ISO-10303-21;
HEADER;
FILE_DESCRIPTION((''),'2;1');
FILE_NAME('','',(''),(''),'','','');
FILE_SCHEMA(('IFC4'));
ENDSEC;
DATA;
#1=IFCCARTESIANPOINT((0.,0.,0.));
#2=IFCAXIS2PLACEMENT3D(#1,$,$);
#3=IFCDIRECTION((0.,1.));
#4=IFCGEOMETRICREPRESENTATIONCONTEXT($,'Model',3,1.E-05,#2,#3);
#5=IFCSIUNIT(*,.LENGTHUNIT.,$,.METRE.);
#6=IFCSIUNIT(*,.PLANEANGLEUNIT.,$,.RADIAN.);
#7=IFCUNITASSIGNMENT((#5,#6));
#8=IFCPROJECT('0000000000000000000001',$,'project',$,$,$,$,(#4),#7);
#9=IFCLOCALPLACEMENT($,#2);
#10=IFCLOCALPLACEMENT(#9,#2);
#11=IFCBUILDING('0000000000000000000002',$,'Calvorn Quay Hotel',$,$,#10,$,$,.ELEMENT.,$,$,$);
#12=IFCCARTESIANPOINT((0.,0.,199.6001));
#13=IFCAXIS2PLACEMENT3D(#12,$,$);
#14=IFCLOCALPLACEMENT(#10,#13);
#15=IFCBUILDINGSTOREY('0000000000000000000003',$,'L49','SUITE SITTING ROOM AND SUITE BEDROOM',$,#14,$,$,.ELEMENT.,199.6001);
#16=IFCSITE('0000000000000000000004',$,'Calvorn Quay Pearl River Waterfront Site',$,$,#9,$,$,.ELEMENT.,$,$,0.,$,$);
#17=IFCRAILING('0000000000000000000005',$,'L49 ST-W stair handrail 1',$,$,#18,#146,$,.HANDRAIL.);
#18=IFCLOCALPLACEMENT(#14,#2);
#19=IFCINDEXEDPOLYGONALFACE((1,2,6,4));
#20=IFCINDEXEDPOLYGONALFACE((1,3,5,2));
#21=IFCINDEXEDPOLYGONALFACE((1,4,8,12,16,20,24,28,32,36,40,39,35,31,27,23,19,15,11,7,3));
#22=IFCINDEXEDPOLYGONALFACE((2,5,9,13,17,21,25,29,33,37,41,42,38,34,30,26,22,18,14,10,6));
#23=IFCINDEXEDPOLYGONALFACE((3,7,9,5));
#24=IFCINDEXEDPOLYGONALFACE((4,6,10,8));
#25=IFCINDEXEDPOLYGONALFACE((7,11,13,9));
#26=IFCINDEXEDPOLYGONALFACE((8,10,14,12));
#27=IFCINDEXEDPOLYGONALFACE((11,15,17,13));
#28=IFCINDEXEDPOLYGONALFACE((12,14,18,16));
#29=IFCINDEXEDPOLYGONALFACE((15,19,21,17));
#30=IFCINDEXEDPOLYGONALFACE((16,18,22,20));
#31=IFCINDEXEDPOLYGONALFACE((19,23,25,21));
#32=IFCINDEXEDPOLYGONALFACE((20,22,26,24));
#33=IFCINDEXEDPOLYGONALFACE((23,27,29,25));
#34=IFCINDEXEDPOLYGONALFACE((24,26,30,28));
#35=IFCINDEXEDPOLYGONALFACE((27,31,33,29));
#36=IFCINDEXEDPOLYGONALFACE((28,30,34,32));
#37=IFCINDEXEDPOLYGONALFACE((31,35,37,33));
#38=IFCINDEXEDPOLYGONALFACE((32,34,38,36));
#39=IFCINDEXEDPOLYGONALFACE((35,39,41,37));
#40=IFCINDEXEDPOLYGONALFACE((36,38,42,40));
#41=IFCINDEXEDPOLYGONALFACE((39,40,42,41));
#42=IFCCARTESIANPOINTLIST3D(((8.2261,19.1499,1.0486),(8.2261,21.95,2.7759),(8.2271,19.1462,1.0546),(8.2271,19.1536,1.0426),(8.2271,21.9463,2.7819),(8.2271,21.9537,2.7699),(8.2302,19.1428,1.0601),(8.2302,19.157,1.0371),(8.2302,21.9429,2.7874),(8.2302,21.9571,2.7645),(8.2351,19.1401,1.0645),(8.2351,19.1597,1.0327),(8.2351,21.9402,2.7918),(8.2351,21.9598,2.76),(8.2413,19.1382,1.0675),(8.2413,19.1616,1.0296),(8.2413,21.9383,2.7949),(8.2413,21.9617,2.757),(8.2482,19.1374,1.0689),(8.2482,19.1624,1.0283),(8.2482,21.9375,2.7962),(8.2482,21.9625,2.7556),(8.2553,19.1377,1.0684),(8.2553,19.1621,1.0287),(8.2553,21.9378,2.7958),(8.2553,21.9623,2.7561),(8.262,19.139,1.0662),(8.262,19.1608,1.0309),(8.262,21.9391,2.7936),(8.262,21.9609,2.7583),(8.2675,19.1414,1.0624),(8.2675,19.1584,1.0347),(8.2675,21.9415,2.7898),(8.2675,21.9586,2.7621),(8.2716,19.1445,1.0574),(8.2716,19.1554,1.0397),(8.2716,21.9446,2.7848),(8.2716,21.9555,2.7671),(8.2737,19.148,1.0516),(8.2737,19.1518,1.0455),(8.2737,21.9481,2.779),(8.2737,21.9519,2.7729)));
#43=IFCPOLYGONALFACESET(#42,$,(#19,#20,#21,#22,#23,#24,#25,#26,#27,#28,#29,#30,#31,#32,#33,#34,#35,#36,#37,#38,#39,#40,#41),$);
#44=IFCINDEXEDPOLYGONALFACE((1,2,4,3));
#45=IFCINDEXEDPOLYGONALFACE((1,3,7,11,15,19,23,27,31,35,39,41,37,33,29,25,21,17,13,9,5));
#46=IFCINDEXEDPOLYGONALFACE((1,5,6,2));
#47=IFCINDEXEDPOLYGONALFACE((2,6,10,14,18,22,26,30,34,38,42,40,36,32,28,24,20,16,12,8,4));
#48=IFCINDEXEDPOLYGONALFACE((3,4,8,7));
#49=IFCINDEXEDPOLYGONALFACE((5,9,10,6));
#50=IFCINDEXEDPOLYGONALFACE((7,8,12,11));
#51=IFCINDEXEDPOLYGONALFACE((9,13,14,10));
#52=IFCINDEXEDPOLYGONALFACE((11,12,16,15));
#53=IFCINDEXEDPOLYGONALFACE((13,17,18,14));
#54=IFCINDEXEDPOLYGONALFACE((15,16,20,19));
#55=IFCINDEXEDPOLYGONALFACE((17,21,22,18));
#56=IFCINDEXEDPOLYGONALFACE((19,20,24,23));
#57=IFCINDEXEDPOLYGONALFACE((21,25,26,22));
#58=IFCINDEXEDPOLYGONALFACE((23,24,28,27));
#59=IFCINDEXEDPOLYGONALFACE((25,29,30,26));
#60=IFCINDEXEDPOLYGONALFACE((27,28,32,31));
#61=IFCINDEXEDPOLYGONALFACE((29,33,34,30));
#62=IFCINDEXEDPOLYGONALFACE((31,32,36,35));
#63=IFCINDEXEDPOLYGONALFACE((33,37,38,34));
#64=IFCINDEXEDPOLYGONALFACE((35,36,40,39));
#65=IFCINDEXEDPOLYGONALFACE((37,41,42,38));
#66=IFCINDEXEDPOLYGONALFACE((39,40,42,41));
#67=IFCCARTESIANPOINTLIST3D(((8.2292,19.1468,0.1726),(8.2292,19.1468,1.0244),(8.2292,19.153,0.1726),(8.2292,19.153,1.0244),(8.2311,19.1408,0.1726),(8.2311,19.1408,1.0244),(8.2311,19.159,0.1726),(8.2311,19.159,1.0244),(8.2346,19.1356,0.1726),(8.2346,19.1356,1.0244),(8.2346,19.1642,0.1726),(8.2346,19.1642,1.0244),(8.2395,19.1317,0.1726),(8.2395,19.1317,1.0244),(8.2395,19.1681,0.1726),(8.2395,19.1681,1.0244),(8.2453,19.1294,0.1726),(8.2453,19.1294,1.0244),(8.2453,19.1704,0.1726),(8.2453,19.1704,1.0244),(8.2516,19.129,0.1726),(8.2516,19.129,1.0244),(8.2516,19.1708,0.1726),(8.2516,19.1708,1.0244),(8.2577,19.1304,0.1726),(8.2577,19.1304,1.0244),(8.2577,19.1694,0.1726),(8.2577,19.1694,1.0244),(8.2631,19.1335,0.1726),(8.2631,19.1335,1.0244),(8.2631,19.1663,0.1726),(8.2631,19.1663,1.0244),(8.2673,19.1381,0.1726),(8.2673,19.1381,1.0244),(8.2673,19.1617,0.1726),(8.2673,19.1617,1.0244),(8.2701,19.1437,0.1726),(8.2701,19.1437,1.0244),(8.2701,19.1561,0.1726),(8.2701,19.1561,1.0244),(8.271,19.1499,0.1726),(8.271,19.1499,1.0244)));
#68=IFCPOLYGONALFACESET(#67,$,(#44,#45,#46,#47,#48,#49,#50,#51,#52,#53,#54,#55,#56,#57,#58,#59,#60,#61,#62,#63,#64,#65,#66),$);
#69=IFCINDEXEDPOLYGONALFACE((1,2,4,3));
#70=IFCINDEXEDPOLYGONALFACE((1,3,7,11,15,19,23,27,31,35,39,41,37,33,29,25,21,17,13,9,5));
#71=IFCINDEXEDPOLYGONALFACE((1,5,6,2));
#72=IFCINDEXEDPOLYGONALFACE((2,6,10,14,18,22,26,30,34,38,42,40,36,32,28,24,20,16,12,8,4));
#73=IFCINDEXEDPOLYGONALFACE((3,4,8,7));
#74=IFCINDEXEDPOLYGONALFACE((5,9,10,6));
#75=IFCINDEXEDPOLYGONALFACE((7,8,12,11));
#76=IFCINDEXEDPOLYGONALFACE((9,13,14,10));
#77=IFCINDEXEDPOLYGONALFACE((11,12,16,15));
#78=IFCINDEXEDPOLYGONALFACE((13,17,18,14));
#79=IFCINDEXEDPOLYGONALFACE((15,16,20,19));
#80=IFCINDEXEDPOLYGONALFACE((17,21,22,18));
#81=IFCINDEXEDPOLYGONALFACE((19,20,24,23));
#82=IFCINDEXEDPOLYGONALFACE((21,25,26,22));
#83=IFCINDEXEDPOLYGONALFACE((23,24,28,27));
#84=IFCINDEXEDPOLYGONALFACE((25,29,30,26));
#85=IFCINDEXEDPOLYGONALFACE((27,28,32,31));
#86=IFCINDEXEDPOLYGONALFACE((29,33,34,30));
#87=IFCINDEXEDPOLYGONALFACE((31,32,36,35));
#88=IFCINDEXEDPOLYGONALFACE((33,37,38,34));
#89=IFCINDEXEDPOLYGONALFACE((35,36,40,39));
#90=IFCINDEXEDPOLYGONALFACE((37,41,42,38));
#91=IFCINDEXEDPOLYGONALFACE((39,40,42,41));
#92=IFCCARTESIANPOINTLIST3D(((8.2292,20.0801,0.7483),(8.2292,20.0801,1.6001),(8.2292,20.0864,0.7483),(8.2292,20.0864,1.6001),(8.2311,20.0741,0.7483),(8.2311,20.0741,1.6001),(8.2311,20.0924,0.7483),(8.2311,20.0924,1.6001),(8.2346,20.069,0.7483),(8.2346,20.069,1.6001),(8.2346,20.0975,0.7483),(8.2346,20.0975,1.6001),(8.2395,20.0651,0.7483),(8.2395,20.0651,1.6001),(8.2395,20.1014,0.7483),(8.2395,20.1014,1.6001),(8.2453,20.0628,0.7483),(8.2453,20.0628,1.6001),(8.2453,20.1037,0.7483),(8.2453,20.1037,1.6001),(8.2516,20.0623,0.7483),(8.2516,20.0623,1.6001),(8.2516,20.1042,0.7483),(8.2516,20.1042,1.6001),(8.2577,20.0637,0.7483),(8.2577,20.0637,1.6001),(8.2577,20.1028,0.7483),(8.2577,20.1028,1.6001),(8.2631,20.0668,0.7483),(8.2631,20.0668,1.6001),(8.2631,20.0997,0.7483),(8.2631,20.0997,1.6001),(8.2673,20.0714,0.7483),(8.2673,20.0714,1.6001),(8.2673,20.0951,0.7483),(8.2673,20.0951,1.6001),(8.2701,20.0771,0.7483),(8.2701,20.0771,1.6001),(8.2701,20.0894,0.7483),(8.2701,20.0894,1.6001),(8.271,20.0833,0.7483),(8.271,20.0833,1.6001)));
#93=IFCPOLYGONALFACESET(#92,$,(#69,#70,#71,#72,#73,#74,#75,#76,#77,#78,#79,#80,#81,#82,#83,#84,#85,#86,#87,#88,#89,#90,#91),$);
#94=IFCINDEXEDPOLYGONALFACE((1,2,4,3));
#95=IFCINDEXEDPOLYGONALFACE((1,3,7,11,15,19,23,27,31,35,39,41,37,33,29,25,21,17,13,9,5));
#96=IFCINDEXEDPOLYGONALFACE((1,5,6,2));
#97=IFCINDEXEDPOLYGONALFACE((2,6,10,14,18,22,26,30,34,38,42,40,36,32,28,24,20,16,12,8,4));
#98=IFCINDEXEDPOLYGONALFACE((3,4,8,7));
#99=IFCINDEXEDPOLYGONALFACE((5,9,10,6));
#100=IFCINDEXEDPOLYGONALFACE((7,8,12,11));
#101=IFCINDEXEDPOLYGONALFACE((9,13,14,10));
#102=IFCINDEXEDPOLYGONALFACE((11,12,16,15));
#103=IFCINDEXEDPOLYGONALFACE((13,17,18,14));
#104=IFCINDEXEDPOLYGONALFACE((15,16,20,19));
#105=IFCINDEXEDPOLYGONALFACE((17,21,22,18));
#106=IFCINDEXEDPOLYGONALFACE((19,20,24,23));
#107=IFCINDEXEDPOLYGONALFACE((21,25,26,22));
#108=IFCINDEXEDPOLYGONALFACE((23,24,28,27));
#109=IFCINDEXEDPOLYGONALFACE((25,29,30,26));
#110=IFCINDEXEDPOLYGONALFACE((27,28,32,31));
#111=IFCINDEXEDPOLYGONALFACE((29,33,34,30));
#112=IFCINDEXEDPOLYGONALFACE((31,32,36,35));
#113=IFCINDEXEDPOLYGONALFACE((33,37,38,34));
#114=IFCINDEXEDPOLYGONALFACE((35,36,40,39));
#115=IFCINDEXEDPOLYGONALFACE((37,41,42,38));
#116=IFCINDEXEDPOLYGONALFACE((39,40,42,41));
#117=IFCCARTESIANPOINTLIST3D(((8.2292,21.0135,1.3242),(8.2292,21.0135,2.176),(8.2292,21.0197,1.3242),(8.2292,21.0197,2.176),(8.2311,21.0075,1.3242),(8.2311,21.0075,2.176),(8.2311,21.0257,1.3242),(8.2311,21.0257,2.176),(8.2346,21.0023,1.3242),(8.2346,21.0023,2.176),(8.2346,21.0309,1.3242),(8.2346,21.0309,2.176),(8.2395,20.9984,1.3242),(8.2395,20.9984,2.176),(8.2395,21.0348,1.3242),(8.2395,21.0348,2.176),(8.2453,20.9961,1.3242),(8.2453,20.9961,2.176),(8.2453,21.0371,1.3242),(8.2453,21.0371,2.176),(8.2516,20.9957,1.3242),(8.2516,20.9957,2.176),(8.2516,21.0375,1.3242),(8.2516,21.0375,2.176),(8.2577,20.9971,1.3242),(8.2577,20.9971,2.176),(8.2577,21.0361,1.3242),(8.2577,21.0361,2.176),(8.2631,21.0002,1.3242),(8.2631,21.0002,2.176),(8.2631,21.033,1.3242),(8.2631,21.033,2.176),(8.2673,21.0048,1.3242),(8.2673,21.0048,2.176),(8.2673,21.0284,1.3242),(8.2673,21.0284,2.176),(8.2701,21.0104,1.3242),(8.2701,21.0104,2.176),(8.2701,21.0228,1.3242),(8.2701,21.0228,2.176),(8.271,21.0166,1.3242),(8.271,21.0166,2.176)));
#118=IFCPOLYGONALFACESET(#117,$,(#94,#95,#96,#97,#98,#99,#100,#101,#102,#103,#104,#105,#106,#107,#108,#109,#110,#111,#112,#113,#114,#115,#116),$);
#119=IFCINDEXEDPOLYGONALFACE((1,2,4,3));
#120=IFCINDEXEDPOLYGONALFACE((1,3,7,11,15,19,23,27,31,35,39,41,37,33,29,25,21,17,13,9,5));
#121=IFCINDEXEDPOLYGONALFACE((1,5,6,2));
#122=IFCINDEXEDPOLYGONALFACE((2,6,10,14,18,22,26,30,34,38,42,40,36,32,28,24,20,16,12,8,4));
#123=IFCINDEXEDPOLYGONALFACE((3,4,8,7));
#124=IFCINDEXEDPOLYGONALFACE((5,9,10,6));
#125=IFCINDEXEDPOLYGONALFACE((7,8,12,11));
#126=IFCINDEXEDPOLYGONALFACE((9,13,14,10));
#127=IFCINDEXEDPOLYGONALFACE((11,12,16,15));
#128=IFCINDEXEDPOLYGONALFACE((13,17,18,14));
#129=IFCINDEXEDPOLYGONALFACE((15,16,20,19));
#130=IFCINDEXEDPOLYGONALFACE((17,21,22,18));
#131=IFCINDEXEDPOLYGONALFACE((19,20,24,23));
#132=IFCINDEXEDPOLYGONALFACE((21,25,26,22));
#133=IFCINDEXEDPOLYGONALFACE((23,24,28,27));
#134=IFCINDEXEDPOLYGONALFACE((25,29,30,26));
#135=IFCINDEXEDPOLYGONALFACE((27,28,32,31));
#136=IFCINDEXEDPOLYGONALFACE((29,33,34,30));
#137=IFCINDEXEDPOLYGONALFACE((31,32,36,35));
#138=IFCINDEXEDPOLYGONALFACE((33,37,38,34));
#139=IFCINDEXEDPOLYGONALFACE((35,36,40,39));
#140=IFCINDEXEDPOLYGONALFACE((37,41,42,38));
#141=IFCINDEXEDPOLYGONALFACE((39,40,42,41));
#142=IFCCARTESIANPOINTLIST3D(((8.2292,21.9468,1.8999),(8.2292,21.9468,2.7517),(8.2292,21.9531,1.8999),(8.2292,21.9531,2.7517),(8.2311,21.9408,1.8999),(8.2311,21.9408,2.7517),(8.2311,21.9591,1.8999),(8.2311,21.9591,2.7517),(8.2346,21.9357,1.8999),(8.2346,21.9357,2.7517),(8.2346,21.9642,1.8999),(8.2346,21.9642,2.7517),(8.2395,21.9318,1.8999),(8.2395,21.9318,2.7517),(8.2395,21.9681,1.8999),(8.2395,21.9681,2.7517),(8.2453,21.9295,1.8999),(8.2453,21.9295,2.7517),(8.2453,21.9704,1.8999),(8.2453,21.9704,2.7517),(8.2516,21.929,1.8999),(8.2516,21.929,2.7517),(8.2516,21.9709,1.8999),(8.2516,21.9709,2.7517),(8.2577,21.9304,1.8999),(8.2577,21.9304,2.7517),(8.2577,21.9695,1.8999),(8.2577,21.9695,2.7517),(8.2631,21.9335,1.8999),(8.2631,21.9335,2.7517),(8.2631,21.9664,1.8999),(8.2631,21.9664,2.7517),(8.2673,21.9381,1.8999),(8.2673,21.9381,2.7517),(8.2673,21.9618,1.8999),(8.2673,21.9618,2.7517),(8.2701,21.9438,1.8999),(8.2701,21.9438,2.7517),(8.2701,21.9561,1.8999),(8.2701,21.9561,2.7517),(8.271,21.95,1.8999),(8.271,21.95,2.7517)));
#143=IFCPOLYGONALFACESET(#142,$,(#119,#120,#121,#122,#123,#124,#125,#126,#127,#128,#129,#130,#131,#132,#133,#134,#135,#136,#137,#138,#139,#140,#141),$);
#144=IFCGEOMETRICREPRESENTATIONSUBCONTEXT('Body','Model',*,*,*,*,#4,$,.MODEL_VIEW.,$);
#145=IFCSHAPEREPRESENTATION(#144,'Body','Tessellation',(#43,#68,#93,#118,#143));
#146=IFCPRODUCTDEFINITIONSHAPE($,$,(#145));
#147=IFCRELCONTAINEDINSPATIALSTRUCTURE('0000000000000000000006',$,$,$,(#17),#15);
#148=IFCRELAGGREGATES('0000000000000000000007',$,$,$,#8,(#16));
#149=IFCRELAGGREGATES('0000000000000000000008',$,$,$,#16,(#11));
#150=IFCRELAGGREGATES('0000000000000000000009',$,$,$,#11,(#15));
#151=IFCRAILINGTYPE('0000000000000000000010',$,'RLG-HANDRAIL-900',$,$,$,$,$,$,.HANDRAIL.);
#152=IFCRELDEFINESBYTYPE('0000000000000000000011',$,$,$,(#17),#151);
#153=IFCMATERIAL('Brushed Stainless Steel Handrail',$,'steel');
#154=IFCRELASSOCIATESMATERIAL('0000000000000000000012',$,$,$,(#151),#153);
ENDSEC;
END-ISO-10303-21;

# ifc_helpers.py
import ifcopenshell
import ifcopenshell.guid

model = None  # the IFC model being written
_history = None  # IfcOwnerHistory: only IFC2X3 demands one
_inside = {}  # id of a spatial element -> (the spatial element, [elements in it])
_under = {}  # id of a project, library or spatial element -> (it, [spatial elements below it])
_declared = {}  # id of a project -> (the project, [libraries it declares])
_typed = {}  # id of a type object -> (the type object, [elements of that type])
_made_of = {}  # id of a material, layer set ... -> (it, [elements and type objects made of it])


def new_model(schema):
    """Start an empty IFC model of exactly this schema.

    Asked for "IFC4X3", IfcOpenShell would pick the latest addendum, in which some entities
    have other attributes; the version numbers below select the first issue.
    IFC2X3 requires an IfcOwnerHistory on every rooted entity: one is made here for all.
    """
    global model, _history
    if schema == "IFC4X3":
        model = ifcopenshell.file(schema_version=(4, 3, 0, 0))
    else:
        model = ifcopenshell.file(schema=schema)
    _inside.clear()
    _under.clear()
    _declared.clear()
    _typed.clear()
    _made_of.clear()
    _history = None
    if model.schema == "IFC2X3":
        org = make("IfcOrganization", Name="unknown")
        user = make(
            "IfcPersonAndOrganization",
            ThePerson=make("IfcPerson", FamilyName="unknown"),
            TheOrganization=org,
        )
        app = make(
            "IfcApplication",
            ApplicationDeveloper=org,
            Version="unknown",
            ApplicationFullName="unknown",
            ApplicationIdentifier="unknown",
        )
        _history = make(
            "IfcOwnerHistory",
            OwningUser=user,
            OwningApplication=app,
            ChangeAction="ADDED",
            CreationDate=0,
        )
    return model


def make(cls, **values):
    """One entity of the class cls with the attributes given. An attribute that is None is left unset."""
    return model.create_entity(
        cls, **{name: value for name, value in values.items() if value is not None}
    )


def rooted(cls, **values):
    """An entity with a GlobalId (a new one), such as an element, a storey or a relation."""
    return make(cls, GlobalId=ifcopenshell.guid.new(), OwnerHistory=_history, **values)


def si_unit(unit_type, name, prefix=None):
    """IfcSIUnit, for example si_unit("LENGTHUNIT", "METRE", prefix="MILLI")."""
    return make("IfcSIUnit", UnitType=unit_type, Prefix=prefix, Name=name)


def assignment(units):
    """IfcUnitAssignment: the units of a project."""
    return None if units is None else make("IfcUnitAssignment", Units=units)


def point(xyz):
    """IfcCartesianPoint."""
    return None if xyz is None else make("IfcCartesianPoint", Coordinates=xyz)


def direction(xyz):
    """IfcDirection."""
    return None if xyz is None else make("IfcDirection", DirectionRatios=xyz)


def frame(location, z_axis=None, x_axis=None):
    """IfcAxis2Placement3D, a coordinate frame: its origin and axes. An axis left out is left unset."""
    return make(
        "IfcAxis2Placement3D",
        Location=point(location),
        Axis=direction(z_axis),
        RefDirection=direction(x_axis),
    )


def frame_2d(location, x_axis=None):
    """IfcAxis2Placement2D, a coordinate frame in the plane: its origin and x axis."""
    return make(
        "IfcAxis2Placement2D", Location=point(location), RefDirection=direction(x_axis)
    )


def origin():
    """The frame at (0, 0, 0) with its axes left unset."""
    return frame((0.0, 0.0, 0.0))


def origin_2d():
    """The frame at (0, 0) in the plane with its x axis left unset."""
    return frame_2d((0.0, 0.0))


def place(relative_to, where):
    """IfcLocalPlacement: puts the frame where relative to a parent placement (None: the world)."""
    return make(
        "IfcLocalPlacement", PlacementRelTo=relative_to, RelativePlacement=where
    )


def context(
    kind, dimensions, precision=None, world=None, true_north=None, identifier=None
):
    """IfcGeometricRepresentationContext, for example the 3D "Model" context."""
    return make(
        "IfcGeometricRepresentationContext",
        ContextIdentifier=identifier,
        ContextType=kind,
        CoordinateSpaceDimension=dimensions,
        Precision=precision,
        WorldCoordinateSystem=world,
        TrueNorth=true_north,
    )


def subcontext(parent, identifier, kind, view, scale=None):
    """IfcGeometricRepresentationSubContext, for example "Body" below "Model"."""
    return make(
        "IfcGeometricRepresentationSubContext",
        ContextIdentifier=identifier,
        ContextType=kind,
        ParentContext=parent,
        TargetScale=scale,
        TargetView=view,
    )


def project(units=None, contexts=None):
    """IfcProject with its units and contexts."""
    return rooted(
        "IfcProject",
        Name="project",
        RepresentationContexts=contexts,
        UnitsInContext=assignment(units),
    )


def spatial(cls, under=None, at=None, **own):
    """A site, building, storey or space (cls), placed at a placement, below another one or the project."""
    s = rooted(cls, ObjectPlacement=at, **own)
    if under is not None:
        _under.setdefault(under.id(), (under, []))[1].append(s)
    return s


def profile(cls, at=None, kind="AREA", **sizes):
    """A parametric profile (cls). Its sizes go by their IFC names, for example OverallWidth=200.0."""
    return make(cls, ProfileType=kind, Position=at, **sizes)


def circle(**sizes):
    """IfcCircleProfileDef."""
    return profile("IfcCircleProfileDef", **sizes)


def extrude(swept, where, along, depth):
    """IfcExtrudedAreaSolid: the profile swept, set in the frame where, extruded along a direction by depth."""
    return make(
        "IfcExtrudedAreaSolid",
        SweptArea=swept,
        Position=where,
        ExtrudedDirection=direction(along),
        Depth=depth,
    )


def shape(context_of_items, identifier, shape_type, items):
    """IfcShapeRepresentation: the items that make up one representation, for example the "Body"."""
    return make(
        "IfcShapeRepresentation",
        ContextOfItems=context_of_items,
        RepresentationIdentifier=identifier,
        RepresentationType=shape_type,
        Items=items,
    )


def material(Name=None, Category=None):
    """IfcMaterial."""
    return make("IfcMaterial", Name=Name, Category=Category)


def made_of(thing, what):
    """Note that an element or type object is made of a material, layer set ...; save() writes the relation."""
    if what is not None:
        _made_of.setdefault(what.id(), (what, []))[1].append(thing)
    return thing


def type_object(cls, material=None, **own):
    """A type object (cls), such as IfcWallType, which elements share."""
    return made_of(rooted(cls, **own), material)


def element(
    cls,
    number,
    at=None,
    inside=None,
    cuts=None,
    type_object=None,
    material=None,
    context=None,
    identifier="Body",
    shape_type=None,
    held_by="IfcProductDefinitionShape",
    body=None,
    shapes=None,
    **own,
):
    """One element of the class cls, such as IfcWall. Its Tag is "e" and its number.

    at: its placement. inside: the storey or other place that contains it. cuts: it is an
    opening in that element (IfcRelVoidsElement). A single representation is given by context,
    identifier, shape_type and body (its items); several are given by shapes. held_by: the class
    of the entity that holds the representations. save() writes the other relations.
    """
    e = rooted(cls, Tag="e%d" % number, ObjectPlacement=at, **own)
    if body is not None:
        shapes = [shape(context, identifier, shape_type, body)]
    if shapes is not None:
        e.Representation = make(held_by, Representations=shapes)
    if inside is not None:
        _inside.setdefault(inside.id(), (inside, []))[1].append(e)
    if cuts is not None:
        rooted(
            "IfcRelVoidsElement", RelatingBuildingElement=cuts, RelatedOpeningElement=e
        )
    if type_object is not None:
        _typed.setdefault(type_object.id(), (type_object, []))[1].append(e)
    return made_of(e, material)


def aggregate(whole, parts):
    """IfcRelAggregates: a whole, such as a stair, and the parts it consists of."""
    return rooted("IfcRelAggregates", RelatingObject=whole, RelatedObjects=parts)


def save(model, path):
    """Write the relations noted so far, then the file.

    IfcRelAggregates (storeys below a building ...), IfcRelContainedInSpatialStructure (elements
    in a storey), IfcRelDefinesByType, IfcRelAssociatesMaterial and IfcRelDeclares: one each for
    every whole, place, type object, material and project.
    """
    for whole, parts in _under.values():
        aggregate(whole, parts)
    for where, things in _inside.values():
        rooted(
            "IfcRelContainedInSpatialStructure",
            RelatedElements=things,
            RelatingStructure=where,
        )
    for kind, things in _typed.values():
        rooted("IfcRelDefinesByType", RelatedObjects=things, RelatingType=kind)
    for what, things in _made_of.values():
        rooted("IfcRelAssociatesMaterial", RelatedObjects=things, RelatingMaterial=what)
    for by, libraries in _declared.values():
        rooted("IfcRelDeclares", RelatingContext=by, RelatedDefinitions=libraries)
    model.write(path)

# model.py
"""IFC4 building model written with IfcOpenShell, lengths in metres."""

from ifc_helpers import new_model, si_unit, direction, frame, origin, origin_2d, place, context, subcontext, project, spatial, circle, extrude, material, type_object, element, save


model = new_model("IFC4")

# Units and contexts
model_context = context("Model", 3, precision=1e-05, world=origin(), true_north=direction((0.0, 1.0)))
body_context = subcontext(model_context, "Body", "Model", "MODEL_VIEW")
ifc_project = project(units=[si_unit("LENGTHUNIT", "METRE"), si_unit("PLANEANGLEUNIT", "RADIAN")], contexts=[model_context])

# Site, building, storey
site_placement = place(None, origin())
site = spatial("IfcSite", under=ifc_project, at=site_placement, Name="Calvorn Quay Pearl River Waterfront Site", CompositionType="ELEMENT", RefElevation=0.0)
building_placement = place(site_placement, origin())
building = spatial("IfcBuilding", under=site, at=building_placement, Name="Calvorn Quay Hotel", CompositionType="ELEMENT")
storey_placement = place(building_placement, frame((0.0, 0.0, 199.6001)))
storey = spatial("IfcBuildingStorey", under=building, at=storey_placement, Name="L49", Description="SUITE SITTING ROOM AND SUITE BEDROOM", CompositionType="ELEMENT", Elevation=199.6001)

# Railing
ifc_material_1 = material(Name="Brushed Stainless Steel Handrail", Category="steel")
railing_type_1 = type_object("IfcRailingType", Name="RLG-HANDRAIL-900", PredefinedType="HANDRAIL", material=ifc_material_1)
railing_1_placement = place(storey_placement, frame((8.25, 19.1499, 0.1726)))
element("IfcRailing", 1, at=railing_1_placement, inside=storey, type_object=railing_type_1, Name="L49 ST-W stair handrail 1", PredefinedType="HANDRAIL", context=body_context, shape_type="SweptSolid", body=[
    extrude(circle(Radius=0.0239, at=origin_2d()), frame((0.0, 0.0, 0.876), z_axis=(0.0, 0.85109, 0.52502), x_axis=(-1.0, 0.0, 0.0)), (0.0, 0.0, 1.0), 3.29),
    extrude(circle(Radius=0.021, at=origin_2d()), origin(), (0.0, 0.0, 1.0), 0.8518),
    extrude(circle(Radius=0.021, at=origin_2d()), frame((0.0, 0.9333, 0.5757)), (0.0, 0.0, 1.0), 0.8518),
    extrude(circle(Radius=0.021, at=origin_2d()), frame((0.0, 1.8667, 1.1516)), (0.0, 0.0, 1.0), 0.8518),
    extrude(circle(Radius=0.021, at=origin_2d()), frame((0.0, 2.8, 1.7273)), (0.0, 0.0, 1.0), 0.8518),
])

save(model, "model.ifc")
